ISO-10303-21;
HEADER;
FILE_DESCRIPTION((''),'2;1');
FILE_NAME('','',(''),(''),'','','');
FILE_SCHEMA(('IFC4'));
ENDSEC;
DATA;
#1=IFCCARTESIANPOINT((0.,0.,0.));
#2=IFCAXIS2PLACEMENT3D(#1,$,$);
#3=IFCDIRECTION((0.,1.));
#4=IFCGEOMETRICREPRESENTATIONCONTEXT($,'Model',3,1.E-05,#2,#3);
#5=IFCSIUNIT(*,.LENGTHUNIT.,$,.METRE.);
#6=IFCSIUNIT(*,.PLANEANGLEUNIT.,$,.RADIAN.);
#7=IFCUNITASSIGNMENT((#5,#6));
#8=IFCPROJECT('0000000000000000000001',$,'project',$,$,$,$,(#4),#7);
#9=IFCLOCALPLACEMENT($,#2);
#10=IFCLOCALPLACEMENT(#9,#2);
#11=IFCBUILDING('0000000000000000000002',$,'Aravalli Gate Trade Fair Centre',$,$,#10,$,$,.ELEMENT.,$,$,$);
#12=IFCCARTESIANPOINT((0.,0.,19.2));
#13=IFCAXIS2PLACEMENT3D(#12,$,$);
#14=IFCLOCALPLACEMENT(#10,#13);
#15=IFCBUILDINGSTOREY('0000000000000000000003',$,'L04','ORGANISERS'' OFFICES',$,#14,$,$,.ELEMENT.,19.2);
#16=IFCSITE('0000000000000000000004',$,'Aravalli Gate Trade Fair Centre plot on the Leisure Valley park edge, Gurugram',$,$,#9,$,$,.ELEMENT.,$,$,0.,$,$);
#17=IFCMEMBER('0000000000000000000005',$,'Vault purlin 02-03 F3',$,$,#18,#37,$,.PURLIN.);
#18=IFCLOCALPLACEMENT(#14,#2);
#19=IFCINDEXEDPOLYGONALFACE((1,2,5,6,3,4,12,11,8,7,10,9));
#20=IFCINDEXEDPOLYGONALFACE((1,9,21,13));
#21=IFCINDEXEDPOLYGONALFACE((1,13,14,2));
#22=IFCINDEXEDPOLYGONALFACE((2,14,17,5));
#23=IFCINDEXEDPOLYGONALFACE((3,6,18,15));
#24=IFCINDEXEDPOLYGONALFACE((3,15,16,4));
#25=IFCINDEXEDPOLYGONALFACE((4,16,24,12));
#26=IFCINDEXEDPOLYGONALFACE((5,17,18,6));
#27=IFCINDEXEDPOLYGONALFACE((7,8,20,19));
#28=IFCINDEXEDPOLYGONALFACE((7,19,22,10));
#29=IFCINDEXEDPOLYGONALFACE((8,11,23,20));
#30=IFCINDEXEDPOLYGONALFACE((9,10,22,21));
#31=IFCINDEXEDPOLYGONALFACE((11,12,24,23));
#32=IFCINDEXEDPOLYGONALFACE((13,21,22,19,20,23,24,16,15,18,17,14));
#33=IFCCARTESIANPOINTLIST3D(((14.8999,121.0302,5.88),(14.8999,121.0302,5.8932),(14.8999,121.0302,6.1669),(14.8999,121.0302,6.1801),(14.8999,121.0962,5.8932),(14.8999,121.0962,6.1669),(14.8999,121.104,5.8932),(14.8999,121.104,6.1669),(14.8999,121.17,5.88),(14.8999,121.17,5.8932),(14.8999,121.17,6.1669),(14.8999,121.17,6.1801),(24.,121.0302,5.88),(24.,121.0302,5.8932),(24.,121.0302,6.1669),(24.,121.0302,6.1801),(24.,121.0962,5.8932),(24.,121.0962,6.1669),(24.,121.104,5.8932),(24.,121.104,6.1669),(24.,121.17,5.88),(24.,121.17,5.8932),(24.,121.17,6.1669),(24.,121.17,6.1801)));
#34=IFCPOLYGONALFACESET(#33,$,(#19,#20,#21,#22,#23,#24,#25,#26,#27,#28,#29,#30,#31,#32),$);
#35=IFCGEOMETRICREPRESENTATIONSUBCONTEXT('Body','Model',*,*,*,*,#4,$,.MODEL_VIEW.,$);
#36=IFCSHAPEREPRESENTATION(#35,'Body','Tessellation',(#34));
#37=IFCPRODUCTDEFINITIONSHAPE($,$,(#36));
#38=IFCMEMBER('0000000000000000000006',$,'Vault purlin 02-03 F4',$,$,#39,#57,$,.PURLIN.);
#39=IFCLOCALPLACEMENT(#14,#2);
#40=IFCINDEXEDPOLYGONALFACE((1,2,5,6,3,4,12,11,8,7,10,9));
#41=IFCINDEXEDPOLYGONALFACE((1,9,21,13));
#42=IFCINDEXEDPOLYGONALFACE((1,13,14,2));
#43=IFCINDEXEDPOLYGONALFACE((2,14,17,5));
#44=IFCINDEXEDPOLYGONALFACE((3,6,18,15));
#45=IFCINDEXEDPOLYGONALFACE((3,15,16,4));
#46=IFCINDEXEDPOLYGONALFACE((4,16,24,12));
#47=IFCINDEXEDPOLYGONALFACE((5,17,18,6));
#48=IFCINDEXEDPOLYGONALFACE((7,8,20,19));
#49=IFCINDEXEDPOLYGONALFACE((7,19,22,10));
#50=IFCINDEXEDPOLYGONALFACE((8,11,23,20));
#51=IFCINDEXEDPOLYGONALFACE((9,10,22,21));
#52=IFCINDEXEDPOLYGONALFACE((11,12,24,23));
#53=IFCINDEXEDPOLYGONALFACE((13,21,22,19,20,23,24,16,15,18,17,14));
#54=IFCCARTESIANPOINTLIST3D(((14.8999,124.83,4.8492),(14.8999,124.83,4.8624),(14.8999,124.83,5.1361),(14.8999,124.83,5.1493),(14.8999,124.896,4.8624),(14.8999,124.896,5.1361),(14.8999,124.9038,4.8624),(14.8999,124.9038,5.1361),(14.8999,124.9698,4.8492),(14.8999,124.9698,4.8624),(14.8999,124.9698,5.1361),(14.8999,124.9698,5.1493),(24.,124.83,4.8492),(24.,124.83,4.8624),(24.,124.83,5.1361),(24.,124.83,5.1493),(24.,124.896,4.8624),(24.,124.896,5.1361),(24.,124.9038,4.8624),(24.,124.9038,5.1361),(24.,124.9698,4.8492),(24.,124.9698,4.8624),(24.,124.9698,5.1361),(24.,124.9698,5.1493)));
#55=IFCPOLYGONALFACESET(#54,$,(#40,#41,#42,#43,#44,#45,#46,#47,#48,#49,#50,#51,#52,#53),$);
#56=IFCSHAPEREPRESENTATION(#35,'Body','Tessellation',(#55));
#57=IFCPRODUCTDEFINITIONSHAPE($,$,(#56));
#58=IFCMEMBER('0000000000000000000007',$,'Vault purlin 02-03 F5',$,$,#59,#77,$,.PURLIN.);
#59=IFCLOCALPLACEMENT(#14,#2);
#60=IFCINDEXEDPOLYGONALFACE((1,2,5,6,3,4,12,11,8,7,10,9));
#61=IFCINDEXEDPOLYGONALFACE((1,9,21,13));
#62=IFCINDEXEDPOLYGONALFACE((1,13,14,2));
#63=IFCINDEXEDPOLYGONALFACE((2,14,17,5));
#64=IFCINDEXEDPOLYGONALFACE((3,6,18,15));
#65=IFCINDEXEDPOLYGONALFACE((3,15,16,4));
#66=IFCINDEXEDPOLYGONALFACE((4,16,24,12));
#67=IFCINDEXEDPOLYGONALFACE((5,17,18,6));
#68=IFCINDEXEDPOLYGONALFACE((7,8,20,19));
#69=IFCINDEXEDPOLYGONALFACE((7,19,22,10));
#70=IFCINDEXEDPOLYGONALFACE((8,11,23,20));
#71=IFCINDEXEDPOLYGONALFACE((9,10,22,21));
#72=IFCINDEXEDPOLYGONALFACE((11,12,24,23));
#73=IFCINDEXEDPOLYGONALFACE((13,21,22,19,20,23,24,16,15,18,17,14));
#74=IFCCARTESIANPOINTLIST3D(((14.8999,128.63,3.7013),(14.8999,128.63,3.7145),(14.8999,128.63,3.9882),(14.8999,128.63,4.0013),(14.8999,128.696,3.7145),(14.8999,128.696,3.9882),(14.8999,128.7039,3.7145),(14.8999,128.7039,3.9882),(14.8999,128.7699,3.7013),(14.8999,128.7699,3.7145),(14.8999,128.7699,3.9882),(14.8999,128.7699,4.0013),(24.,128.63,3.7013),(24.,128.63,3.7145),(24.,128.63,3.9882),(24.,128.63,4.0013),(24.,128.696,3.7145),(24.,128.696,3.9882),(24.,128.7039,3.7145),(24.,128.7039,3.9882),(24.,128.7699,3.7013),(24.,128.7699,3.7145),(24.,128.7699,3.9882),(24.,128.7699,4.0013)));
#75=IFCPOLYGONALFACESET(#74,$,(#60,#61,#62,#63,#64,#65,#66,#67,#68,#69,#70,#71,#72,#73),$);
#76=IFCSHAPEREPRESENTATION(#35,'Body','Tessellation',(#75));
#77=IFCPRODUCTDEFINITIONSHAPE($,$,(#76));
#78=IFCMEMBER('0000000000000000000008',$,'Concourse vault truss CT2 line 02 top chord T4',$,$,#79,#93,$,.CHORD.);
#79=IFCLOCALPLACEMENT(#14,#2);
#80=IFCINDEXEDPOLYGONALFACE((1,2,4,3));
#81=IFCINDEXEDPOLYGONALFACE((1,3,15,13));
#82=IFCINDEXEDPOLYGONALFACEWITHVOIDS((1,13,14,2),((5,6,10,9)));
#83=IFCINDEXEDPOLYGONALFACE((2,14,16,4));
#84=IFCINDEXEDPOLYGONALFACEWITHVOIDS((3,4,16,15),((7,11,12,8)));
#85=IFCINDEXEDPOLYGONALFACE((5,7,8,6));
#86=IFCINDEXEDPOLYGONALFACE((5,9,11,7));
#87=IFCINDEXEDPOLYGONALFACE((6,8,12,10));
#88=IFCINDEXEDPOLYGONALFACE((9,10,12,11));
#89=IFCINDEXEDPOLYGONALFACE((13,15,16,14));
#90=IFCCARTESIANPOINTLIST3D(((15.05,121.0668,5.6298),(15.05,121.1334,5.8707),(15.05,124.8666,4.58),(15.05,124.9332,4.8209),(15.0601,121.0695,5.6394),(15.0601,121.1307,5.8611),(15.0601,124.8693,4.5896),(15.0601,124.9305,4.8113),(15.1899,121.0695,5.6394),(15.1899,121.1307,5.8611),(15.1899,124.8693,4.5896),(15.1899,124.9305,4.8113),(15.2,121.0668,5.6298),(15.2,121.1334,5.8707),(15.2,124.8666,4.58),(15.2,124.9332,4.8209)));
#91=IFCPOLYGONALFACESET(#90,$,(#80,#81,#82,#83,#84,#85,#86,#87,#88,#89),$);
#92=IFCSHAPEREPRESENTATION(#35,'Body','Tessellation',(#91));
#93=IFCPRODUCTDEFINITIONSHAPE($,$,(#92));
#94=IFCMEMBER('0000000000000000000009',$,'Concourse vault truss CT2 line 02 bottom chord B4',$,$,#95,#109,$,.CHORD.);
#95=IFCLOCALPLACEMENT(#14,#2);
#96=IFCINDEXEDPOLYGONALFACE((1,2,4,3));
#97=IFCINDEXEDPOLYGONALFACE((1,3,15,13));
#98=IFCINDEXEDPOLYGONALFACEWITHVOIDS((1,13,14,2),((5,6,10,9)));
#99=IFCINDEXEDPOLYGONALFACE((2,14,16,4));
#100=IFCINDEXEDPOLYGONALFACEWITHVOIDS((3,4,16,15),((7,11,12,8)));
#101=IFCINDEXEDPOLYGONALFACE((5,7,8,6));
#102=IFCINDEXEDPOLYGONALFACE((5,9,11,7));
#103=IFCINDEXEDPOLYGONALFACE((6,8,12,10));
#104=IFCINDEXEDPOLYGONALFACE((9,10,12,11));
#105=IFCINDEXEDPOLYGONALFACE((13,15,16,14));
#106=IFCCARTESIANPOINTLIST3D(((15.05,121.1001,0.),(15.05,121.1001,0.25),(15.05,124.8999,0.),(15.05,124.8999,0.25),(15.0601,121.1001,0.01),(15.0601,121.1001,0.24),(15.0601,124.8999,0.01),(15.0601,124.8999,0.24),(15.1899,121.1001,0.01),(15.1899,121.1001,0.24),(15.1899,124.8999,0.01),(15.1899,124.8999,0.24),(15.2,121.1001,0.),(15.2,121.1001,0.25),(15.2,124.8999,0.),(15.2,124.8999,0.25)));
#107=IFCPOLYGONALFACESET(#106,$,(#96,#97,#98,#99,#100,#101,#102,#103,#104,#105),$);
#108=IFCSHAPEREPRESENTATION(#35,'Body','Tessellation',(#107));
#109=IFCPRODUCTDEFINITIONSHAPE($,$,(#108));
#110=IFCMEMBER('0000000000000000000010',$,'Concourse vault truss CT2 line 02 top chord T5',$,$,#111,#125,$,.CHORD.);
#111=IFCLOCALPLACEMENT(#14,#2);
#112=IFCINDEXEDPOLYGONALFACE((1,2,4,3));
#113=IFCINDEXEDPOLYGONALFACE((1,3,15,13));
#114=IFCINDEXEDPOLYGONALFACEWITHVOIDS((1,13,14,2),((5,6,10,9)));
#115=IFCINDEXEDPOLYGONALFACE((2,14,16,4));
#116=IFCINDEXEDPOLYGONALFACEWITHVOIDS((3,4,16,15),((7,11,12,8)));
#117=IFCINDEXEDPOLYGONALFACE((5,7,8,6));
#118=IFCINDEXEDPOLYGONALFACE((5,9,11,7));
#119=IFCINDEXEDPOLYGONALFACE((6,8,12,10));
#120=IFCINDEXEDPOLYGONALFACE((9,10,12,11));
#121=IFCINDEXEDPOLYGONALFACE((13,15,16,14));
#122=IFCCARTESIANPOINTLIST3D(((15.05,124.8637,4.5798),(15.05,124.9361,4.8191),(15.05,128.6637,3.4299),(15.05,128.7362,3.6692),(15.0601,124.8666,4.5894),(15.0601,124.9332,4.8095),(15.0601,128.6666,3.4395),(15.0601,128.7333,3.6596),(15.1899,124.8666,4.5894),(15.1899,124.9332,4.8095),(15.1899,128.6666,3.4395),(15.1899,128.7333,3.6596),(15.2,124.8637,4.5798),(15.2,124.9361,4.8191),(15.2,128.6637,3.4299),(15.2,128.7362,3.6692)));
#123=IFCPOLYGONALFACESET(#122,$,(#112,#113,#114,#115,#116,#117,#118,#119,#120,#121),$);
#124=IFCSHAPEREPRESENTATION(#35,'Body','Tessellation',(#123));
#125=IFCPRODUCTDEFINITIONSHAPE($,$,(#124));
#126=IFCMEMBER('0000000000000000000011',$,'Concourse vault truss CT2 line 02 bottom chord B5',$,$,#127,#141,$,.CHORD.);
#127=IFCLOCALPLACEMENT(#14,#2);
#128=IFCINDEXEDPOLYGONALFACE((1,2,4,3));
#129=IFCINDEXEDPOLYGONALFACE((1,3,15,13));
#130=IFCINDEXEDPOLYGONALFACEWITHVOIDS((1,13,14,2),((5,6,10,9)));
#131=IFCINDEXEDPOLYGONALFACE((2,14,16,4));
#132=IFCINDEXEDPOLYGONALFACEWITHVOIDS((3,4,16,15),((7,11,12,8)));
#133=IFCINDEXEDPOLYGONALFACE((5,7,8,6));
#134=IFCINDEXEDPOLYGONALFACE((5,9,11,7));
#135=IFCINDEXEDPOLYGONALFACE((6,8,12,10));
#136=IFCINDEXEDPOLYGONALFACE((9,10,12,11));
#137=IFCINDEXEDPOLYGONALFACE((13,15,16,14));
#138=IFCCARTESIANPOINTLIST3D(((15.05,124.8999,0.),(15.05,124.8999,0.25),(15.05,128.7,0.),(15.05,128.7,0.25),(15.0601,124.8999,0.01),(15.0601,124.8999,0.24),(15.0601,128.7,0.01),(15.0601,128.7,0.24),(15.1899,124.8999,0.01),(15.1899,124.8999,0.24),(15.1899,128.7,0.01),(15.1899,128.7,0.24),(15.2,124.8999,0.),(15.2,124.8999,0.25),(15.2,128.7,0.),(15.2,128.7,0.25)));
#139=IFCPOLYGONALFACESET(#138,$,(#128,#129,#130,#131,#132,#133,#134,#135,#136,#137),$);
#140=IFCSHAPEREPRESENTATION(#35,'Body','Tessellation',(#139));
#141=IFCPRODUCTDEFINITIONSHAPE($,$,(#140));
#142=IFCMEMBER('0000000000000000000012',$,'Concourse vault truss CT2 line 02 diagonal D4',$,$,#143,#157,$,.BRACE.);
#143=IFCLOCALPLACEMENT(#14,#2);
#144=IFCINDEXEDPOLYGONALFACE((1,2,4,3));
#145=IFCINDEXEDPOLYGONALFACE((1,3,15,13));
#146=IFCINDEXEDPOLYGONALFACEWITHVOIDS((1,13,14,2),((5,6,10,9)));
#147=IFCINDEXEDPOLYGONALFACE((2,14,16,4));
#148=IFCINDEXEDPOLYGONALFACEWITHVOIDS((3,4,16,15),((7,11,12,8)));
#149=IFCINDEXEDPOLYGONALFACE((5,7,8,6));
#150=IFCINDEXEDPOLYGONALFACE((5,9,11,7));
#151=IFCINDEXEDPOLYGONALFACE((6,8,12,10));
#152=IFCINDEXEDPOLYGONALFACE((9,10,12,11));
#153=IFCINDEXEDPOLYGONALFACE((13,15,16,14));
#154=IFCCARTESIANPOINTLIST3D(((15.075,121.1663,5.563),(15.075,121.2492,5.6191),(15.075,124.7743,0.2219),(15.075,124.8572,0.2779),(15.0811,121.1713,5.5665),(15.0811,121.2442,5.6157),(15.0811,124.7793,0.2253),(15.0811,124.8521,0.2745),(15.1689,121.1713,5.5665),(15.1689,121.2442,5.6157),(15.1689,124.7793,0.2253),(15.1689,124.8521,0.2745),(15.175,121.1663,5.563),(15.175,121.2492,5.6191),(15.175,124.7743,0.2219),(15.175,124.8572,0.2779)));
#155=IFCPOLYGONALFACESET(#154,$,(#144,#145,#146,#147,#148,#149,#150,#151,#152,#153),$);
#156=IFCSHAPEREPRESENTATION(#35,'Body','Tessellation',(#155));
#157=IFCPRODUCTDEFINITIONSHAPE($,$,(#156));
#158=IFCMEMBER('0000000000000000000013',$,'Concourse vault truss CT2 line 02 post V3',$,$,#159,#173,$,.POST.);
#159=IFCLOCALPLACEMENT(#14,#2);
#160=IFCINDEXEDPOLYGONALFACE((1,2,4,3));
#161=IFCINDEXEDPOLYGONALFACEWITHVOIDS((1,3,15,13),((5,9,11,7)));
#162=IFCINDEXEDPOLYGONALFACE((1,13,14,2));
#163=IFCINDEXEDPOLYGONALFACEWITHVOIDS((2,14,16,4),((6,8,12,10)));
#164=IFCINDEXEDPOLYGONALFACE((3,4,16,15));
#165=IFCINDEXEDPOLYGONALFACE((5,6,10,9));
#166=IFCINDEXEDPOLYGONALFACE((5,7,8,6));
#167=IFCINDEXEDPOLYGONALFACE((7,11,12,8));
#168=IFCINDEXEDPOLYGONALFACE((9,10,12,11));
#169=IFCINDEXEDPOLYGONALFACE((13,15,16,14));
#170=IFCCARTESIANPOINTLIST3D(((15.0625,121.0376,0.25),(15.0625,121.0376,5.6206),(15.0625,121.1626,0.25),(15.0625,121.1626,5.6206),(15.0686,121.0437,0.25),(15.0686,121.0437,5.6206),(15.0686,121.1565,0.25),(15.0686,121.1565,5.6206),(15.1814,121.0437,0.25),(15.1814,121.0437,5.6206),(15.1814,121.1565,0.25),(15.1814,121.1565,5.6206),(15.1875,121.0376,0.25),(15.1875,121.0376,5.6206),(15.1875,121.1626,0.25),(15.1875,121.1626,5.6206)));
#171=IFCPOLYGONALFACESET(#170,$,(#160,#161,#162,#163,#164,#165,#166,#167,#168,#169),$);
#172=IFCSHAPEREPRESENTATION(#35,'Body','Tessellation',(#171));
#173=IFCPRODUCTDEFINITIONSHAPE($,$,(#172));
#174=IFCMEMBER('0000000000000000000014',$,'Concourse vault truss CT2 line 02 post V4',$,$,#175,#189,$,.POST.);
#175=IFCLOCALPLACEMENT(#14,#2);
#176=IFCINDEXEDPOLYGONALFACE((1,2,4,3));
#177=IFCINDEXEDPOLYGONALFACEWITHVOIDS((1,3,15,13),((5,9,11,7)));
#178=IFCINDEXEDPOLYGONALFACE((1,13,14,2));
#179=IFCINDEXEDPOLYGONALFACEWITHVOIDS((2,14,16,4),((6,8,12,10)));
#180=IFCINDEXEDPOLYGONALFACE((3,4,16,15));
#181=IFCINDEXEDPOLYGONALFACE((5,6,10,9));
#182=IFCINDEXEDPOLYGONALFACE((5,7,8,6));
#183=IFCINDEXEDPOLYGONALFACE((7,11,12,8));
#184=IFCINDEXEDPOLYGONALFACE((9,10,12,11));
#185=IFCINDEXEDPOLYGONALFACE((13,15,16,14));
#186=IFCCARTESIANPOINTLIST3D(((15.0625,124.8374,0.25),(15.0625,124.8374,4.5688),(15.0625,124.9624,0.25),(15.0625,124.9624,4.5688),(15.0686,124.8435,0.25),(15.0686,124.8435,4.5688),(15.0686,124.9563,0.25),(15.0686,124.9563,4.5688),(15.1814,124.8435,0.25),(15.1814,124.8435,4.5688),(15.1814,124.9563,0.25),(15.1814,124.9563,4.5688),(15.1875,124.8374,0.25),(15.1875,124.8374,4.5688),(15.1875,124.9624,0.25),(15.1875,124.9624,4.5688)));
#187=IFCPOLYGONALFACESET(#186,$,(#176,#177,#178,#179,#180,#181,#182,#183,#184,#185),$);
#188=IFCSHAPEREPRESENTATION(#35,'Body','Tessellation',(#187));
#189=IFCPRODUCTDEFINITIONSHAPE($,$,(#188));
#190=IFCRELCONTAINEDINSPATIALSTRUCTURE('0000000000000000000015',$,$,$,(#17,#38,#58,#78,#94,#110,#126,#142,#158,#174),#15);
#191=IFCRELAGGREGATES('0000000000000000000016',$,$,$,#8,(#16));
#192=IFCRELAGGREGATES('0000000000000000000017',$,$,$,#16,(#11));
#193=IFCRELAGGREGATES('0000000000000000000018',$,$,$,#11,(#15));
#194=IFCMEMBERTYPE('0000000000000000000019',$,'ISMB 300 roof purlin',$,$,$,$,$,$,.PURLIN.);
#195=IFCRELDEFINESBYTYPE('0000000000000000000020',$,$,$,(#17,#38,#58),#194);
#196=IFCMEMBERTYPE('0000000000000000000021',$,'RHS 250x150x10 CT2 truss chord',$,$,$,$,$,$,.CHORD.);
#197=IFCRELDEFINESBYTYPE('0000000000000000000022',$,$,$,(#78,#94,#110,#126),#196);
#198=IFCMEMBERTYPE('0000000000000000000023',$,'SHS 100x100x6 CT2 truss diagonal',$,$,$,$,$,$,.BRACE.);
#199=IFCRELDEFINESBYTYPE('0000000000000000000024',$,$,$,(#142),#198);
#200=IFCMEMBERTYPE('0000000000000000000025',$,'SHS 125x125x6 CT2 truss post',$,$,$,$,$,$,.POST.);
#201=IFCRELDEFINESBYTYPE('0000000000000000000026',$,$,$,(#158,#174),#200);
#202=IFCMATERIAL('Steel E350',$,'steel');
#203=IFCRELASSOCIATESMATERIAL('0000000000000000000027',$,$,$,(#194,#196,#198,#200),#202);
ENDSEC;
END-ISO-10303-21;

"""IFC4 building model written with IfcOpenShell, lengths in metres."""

from ifc_helpers import new_model, si_unit, direction, frame, origin, origin_2d, place, context, subcontext, project, spatial, hollow_rectangle, i_section, extrude, material, material_profile, profile_set, type_object, element, save


model = new_model("IFC4")

# Units and contexts
model_context = context("Model", 3, precision=1e-05, world=origin(), true_north=direction((0.0, 1.0)))
body_context = subcontext(model_context, "Body", "Model", "MODEL_VIEW")
ifc_project = project(units=[si_unit("LENGTHUNIT", "METRE"), si_unit("PLANEANGLEUNIT", "RADIAN")], contexts=[model_context])

# Site, building, storey
site_placement = place(None, origin())
site = spatial("IfcSite", under=ifc_project, at=site_placement, Name="Aravalli Gate Trade Fair Centre plot on the Leisure Valley park edge, Gurugram", CompositionType="ELEMENT", RefElevation=0.0)
building_placement = place(site_placement, origin())
building = spatial("IfcBuilding", under=site, at=building_placement, Name="Aravalli Gate Trade Fair Centre", CompositionType="ELEMENT")
storey_placement = place(building_placement, frame((0.0, 0.0, 19.2)))
storey = spatial("IfcBuildingStorey", under=building, at=storey_placement, Name="L04", Description="ORGANISERS' OFFICES", CompositionType="ELEMENT", Elevation=19.2)

# Members
ifc_material_1 = material(Name="Steel E350", Category="steel")
ifc_material_profile_1 = material_profile(ifc_material_1, i_section(OverallWidth=0.1399, OverallDepth=0.3, WebThickness=0.0078, FlangeThickness=0.0132, at=origin_2d()), Name="ISMB 300")
ifc_profile_set_1 = profile_set([ifc_material_profile_1], Name="Steel E350")
member_type_1 = type_object("IfcMemberType", Name="ISMB 300 roof purlin", PredefinedType="PURLIN", material=ifc_profile_set_1)
for number, where, z_axis, x_axis, name in (
    (1, (14.8999, 121.1001, 6.03), (1.0, 0.0, 0.0), (0.0, 1.0, 0.0), "Vault purlin 02-03 F3"),
    (2, (14.8999, 124.8999, 4.9993), (1.0, 0.0, 0.0), (0.0, 1.0, 0.0), "Vault purlin 02-03 F4"),
    (3, (14.8999, 128.7, 3.8513), (1.0, 0.0, 0.0), (0.0, 1.0, 0.0), "Vault purlin 02-03 F5"),
):
    element("IfcMember", number, at=place(storey_placement, frame(where, z_axis=z_axis, x_axis=x_axis)), inside=storey, type_object=member_type_1, Name=name, PredefinedType="PURLIN", context=body_context, shape_type="SweptSolid", body=[
        extrude(i_section(OverallWidth=0.1399, OverallDepth=0.3, WebThickness=0.0078, FlangeThickness=0.0132, at=origin_2d()), origin(), (0.0, 0.0, 1.0), 9.1001),
    ])
ifc_material_profile_2 = material_profile(ifc_material_1, hollow_rectangle(XDim=0.1499, YDim=0.25, WallThickness=0.01, at=origin_2d()), Name="RHS 250x150x10")
ifc_profile_set_2 = profile_set([ifc_material_profile_2], Name="Steel E350")
member_type_2 = type_object("IfcMemberType", Name="RHS 250x150x10 CT2 truss chord", PredefinedType="CHORD", material=ifc_profile_set_2)
member_1_placement = place(storey_placement, frame((15.125, 121.1001, 5.7502), z_axis=(0.0, 0.96389, -0.266302), x_axis=(-1.0, 0.0, 0.0)))
element("IfcMember", 4, at=member_1_placement, inside=storey, type_object=member_type_2, Name="Concourse vault truss CT2 line 02 top chord T4", PredefinedType="CHORD", context=body_context, shape_type="SweptSolid", body=[
    extrude(hollow_rectangle(XDim=0.1499, YDim=0.25, WallThickness=0.01, at=origin_2d()), origin(), (0.0, 0.0, 1.0), 3.9421),
])
member_2_placement = place(storey_placement, frame((15.125, 121.1001, 0.125), z_axis=(0.0, 1.0, 0.0), x_axis=(-1.0, 0.0, 0.0)))
element("IfcMember", 5, at=member_2_placement, inside=storey, type_object=member_type_2, Name="Concourse vault truss CT2 line 02 bottom chord B4", PredefinedType="CHORD", context=body_context, shape_type="SweptSolid", body=[
    extrude(hollow_rectangle(XDim=0.1499, YDim=0.25, WallThickness=0.01, at=origin_2d()), origin(), (0.0, 0.0, 1.0), 3.7998),
])
member_3_placement = place(storey_placement, frame((15.125, 124.8999, 4.6995), z_axis=(0.0, 0.957138, -0.289632), x_axis=(-1.0, 0.0, 0.0)))
element("IfcMember", 6, at=member_3_placement, inside=storey, type_object=member_type_2, Name="Concourse vault truss CT2 line 02 top chord T5", PredefinedType="CHORD", context=body_context, shape_type="SweptSolid", body=[
    extrude(hollow_rectangle(XDim=0.1499, YDim=0.25, WallThickness=0.01, at=origin_2d()), origin(), (0.0, 0.0, 1.0), 3.9702),
])
member_4_placement = place(storey_placement, frame((15.125, 124.8999, 0.125), z_axis=(0.0, 1.0, 0.0), x_axis=(-1.0, 0.0, 0.0)))
element("IfcMember", 7, at=member_4_placement, inside=storey, type_object=member_type_2, Name="Concourse vault truss CT2 line 02 bottom chord B5", PredefinedType="CHORD", context=body_context, shape_type="SweptSolid", body=[
    extrude(hollow_rectangle(XDim=0.1499, YDim=0.25, WallThickness=0.01, at=origin_2d()), origin(), (0.0, 0.0, 1.0), 3.8),
])
ifc_material_profile_3 = material_profile(ifc_material_1, hollow_rectangle(XDim=0.1001, YDim=0.1001, WallThickness=0.0061, at=origin_2d()), Name="SHS 100x100x6")
ifc_profile_set_3 = profile_set([ifc_material_profile_3], Name="Steel E350")
member_type_3 = type_object("IfcMemberType", Name="SHS 100x100x6 CT2 truss diagonal", PredefinedType="BRACE", material=ifc_profile_set_3)
member_5_placement = place(storey_placement, frame((15.125, 121.2078, 5.5911), z_axis=(0.0, 0.55976, -0.828655), x_axis=(-1.0, 0.0, 0.0)))
element("IfcMember", 8, at=member_5_placement, inside=storey, type_object=member_type_3, Name="Concourse vault truss CT2 line 02 diagonal D4", PredefinedType="BRACE", context=body_context, shape_type="SweptSolid", body=[
    extrude(hollow_rectangle(XDim=0.1001, YDim=0.1001, WallThickness=0.0061, at=origin_2d()), origin(), (0.0, 0.0, 1.0), 6.4456),
])
ifc_material_profile_4 = material_profile(ifc_material_1, hollow_rectangle(XDim=0.125, YDim=0.125, WallThickness=0.0061, at=origin_2d()), Name="SHS 125x125x6")
ifc_profile_set_4 = profile_set([ifc_material_profile_4], Name="Steel E350")
member_type_4 = type_object("IfcMemberType", Name="SHS 125x125x6 CT2 truss post", PredefinedType="POST", material=ifc_profile_set_4)
member_6_placement = place(storey_placement, frame((15.125, 121.1001, 0.25), z_axis=(0.0, 0.0, 1.0), x_axis=(1.0, 0.0, 0.0)))
element("IfcMember", 9, at=member_6_placement, inside=storey, type_object=member_type_4, Name="Concourse vault truss CT2 line 02 post V3", PredefinedType="POST", context=body_context, shape_type="SweptSolid", body=[
    extrude(hollow_rectangle(XDim=0.125, YDim=0.125, WallThickness=0.0061, at=origin_2d()), origin(), (0.0, 0.0, 1.0), 5.3706),
])
member_7_placement = place(storey_placement, frame((15.125, 124.8999, 0.25), z_axis=(0.0, 0.0, 1.0), x_axis=(1.0, 0.0, 0.0)))
element("IfcMember", 10, at=member_7_placement, inside=storey, type_object=member_type_4, Name="Concourse vault truss CT2 line 02 post V4", PredefinedType="POST", context=body_context, shape_type="SweptSolid", body=[
    extrude(hollow_rectangle(XDim=0.125, YDim=0.125, WallThickness=0.0061, at=origin_2d()), origin(), (0.0, 0.0, 1.0), 4.3188),
])

save(model, "model.ifc")
